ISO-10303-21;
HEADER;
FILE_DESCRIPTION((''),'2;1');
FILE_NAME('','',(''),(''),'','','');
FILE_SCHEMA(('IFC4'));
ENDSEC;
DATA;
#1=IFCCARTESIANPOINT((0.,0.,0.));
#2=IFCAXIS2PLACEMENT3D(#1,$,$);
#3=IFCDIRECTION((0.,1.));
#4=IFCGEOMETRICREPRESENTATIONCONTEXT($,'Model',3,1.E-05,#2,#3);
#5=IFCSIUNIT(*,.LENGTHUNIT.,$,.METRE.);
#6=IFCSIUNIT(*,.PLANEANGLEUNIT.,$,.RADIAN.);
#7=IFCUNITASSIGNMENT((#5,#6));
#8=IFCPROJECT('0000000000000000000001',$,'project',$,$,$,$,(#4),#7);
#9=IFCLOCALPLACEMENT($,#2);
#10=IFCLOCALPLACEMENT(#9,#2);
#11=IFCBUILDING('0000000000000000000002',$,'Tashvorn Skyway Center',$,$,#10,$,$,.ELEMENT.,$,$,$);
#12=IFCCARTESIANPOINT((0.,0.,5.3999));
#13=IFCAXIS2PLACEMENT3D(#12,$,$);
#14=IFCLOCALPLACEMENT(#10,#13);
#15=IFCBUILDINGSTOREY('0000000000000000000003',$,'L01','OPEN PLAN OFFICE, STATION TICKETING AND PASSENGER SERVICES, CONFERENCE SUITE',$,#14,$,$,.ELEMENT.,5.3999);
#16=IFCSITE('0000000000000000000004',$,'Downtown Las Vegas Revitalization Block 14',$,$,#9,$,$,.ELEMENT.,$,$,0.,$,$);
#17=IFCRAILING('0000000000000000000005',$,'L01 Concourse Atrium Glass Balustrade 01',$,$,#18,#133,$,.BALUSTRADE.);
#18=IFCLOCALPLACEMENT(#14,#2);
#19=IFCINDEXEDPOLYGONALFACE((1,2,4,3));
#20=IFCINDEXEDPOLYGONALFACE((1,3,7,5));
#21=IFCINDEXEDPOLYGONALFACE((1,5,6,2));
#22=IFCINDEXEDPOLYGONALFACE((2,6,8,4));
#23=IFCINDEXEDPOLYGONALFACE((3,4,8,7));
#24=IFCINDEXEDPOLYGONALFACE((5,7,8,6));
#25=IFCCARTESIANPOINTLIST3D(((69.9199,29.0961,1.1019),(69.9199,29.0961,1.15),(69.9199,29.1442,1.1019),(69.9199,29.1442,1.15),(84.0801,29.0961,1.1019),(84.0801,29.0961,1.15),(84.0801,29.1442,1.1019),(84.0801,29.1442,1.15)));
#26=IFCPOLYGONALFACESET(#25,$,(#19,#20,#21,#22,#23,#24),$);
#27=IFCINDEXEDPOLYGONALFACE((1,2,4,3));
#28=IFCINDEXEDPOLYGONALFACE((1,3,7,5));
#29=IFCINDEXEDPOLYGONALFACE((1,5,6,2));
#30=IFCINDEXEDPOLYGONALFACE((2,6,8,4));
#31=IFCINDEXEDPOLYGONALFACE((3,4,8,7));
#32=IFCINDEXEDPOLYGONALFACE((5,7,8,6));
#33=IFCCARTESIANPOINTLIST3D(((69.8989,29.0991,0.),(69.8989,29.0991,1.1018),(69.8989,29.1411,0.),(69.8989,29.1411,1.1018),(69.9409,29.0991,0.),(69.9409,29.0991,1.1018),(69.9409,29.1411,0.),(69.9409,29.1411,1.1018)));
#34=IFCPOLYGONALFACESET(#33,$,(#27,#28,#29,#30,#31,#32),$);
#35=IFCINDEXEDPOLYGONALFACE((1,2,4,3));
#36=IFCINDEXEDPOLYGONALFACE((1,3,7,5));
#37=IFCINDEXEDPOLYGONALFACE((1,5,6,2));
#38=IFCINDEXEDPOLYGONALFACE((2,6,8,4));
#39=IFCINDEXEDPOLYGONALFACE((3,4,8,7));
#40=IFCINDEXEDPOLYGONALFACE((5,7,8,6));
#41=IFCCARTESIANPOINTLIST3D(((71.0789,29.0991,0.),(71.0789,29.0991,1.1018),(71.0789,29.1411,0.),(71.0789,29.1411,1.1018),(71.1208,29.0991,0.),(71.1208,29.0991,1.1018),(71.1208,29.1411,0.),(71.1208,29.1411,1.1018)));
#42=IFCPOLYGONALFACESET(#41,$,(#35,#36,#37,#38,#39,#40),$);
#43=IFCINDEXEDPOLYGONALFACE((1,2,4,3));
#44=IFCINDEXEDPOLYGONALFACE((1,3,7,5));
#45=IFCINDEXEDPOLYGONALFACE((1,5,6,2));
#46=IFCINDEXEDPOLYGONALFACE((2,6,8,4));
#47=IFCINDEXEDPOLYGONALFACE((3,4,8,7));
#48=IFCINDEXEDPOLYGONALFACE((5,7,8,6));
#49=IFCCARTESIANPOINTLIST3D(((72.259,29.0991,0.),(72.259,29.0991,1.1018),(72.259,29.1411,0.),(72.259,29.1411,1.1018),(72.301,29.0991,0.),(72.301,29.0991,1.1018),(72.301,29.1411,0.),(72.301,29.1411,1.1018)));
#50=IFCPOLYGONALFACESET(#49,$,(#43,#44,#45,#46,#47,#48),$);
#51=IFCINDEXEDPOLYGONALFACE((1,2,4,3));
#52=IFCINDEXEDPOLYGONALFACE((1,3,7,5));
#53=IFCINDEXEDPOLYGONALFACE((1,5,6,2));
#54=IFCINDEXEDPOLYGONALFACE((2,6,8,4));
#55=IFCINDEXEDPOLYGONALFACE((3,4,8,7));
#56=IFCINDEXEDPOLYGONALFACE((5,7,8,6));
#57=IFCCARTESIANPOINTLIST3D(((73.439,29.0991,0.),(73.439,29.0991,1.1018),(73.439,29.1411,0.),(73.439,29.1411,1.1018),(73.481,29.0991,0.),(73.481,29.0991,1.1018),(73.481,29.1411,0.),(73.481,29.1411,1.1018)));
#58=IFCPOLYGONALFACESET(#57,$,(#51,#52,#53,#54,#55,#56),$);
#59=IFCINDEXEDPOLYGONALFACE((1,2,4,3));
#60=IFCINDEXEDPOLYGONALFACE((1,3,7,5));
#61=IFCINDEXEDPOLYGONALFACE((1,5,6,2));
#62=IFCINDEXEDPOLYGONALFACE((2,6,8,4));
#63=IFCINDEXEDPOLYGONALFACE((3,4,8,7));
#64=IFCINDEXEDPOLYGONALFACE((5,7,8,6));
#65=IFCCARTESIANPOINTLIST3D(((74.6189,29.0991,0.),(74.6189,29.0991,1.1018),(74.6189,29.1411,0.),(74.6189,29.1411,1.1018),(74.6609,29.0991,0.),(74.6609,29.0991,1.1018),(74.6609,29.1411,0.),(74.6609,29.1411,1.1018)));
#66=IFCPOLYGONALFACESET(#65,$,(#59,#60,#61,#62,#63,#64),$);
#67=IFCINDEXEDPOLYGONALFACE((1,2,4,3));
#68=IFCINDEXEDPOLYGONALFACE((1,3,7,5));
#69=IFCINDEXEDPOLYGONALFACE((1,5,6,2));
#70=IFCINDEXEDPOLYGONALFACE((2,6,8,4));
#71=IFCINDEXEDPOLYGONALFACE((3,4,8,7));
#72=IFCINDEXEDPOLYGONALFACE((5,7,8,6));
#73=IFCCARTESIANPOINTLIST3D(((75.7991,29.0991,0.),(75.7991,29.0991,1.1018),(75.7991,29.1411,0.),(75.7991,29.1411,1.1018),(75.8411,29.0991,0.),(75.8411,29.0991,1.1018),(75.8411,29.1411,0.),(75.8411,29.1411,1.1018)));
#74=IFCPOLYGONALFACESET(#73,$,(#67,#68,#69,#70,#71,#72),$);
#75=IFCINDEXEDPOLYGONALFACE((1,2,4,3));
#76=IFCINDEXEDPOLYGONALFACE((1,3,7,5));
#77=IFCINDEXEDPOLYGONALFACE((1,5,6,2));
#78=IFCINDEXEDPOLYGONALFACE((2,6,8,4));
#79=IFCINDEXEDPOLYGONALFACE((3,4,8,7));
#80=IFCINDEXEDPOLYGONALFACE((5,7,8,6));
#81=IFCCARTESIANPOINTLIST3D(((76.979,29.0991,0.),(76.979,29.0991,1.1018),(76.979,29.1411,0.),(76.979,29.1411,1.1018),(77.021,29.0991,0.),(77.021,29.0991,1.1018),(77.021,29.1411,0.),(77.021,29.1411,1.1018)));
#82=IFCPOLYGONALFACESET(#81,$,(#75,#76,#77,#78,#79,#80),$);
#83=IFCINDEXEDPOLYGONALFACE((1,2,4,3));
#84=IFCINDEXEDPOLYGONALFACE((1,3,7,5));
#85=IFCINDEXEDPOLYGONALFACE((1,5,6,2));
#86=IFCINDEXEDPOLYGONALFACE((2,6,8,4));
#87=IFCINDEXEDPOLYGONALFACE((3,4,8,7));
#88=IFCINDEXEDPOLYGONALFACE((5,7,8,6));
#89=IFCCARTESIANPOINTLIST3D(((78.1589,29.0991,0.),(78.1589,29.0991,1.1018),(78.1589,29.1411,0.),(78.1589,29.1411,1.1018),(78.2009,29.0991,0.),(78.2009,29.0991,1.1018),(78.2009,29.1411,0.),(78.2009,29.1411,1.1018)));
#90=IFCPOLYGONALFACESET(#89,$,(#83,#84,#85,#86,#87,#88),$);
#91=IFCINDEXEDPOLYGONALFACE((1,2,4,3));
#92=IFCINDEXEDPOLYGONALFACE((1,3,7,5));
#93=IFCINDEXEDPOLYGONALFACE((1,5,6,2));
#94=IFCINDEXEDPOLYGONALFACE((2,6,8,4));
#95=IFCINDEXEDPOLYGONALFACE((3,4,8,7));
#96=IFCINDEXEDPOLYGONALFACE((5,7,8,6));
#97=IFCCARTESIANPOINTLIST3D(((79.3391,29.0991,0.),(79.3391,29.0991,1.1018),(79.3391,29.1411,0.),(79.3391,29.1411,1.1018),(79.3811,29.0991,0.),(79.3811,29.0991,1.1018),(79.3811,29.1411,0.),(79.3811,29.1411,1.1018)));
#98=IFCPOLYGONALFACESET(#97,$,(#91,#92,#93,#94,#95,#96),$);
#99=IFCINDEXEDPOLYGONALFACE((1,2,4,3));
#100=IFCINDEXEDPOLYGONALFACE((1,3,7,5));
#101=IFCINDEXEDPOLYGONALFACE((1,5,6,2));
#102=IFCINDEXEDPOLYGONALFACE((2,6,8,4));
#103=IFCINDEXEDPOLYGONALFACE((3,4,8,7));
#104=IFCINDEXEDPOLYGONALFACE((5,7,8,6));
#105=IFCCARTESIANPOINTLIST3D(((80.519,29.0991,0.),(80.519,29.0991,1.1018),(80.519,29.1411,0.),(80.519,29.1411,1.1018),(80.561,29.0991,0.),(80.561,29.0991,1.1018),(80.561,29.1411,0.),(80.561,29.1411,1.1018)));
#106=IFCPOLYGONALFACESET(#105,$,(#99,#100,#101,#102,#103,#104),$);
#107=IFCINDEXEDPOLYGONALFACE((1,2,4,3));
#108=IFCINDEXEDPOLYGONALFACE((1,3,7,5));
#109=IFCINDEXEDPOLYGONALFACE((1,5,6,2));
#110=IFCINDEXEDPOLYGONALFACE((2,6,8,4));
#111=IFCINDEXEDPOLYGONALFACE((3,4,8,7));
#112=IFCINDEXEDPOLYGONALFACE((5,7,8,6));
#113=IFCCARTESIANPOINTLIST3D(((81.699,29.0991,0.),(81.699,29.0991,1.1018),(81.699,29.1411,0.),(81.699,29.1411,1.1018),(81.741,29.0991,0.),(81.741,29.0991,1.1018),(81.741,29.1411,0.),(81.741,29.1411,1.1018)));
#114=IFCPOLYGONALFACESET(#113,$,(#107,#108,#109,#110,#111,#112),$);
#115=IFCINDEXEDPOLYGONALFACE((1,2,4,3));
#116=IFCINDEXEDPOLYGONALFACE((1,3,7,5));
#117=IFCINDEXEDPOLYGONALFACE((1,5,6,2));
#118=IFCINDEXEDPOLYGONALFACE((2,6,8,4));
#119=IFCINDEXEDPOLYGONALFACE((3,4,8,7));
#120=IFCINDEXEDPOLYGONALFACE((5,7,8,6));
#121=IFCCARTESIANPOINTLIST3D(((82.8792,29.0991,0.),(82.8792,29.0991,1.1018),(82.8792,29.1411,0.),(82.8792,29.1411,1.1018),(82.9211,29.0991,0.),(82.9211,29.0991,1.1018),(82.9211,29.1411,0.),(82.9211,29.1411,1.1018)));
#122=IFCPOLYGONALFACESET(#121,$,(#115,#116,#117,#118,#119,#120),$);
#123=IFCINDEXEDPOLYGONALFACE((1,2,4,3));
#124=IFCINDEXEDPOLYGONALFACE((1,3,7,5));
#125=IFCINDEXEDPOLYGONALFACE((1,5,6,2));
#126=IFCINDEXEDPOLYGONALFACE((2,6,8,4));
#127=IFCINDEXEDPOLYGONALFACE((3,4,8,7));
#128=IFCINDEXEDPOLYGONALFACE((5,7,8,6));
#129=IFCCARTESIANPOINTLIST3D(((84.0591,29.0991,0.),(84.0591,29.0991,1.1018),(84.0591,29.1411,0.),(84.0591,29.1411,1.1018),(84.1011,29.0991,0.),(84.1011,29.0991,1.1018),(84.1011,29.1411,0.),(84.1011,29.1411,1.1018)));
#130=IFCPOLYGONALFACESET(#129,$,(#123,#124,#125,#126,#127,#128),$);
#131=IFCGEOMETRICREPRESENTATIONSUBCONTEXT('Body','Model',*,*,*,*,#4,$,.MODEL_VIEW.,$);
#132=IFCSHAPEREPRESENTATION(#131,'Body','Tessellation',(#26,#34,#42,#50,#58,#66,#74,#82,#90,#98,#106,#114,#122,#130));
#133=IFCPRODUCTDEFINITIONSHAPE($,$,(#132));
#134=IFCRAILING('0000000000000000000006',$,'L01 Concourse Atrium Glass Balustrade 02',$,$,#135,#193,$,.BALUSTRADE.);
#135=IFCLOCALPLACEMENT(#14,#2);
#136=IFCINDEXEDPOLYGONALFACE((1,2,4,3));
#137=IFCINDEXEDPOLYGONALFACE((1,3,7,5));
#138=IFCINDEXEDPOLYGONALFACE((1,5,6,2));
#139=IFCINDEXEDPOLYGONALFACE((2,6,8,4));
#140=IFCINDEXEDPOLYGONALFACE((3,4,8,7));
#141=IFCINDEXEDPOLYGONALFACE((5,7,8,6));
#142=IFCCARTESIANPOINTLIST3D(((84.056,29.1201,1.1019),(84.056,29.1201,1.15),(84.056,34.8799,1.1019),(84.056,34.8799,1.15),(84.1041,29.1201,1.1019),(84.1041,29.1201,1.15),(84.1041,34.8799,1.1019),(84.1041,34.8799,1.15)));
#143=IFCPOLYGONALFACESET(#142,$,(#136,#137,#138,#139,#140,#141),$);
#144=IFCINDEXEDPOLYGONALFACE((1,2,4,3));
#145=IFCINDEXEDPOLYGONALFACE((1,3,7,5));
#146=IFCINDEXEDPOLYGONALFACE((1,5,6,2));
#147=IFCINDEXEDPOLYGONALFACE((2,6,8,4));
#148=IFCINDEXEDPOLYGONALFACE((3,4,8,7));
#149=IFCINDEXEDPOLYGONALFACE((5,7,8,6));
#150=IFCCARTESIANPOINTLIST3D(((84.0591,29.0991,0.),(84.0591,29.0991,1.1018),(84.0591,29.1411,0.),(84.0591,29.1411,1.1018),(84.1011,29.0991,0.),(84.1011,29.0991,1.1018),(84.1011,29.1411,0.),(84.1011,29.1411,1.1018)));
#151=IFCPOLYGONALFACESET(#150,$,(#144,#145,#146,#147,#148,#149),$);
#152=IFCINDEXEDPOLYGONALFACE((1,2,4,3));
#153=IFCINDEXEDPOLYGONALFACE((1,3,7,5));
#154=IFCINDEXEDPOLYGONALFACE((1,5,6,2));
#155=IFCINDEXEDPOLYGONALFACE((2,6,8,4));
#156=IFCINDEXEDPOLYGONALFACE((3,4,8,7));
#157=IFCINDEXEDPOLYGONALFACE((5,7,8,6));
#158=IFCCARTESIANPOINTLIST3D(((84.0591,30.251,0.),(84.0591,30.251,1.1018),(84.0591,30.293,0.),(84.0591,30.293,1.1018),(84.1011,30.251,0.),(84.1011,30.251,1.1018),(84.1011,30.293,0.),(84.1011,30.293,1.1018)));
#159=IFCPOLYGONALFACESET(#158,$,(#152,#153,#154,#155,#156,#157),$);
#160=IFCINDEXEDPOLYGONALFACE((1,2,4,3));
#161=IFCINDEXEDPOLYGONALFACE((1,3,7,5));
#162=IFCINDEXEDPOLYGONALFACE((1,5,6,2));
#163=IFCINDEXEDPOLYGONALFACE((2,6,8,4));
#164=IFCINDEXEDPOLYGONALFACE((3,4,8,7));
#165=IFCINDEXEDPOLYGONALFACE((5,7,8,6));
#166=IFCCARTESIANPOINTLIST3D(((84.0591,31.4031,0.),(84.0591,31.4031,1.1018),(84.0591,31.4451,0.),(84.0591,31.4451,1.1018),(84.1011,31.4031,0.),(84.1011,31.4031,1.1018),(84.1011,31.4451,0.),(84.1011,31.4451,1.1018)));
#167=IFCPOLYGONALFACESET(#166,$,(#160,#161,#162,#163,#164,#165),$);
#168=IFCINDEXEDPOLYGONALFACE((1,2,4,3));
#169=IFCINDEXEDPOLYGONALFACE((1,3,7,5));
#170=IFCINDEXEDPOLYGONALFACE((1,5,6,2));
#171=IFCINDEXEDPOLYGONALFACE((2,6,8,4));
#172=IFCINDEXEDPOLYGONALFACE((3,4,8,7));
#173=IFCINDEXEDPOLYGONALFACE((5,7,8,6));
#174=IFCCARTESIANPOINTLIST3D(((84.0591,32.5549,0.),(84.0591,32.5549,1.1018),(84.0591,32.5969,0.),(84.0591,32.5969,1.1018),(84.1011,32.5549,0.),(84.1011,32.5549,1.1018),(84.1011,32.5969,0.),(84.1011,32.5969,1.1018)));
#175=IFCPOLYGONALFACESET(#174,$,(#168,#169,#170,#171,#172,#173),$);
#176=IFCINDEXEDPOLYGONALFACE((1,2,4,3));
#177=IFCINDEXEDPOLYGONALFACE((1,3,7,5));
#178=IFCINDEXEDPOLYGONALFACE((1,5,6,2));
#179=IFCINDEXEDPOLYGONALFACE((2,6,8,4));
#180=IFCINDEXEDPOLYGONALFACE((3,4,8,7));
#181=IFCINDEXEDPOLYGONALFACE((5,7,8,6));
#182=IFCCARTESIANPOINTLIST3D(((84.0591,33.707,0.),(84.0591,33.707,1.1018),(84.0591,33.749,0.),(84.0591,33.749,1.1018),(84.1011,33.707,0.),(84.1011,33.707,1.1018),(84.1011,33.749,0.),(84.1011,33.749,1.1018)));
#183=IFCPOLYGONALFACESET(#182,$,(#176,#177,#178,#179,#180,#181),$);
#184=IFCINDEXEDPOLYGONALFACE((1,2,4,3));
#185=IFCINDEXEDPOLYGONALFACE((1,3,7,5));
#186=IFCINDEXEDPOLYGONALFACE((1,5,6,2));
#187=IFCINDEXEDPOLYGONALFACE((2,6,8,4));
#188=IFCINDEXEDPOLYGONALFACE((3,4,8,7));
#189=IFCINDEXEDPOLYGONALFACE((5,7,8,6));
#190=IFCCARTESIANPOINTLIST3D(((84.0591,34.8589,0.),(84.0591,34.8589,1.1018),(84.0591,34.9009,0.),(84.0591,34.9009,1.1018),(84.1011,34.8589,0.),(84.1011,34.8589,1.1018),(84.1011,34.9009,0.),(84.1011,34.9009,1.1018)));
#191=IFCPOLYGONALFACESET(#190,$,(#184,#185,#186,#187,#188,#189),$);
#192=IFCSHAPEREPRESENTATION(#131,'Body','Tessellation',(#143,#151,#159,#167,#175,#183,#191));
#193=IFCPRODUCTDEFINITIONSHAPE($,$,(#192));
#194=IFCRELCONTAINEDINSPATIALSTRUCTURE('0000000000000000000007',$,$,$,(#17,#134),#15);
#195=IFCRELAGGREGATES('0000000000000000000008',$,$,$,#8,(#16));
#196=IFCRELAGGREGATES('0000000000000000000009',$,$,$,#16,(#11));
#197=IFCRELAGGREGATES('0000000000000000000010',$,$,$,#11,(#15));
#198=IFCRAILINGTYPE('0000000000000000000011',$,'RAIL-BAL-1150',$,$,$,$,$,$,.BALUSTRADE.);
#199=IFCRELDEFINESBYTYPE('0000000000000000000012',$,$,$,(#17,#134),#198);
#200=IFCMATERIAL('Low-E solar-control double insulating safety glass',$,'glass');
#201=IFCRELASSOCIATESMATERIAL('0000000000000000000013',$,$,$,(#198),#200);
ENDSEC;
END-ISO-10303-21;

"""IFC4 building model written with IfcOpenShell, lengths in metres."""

from ifc_helpers import new_model, si_unit, direction, frame, origin, origin_2d, place, context, subcontext, project, spatial, rectangle, extrude, material, type_object, element, save


model = new_model("IFC4")

# Units and contexts
model_context = context("Model", 3, precision=1e-05, world=origin(), true_north=direction((0.0, 1.0)))
body_context = subcontext(model_context, "Body", "Model", "MODEL_VIEW")
ifc_project = project(units=[si_unit("LENGTHUNIT", "METRE"), si_unit("PLANEANGLEUNIT", "RADIAN")], contexts=[model_context])

# Site, building, storey
site_placement = place(None, origin())
site = spatial("IfcSite", under=ifc_project, at=site_placement, Name="Downtown Las Vegas Revitalization Block 14", CompositionType="ELEMENT", RefElevation=0.0)
building_placement = place(site_placement, origin())
building = spatial("IfcBuilding", under=site, at=building_placement, Name="Tashvorn Skyway Center", CompositionType="ELEMENT")
storey_placement = place(building_placement, frame((0.0, 0.0, 5.3999)))
storey = spatial("IfcBuildingStorey", under=building, at=storey_placement, Name="L01", Description="OPEN PLAN OFFICE, STATION TICKETING AND PASSENGER SERVICES, CONFERENCE SUITE", CompositionType="ELEMENT", Elevation=5.3999)

# Shared definitions
ifc_material_1 = material(Name="Low-E solar-control double insulating safety glass", Category="glass")

# Railings
railing_type = type_object("IfcRailingType", Name="RAIL-BAL-1150", PredefinedType="BALUSTRADE", material=ifc_material_1)
railing_1_placement = place(storey_placement, frame((69.9199, 29.1201, 0.0)))
element("IfcRailing", 1, at=railing_1_placement, inside=storey, type_object=railing_type, Name="L01 Concourse Atrium Glass Balustrade 01", PredefinedType="BALUSTRADE", context=body_context, shape_type="SweptSolid", body=[
    extrude(rectangle(XDim=0.0481, YDim=0.0481, at=origin_2d()), frame((0.0, 0.0, 1.126), z_axis=(1.0, 0.0, 0.0), x_axis=(0.0, 1.0, 0.0)), (0.0, 0.0, 1.0), 14.1602),
    extrude(rectangle(XDim=0.042, YDim=0.042, at=origin_2d()), origin(), (0.0, 0.0, 1.0), 1.1018),
    extrude(rectangle(XDim=0.042, YDim=0.042, at=origin_2d()), frame((1.1799, 0.0, 0.0)), (0.0, 0.0, 1.0), 1.1018),
    extrude(rectangle(XDim=0.042, YDim=0.042, at=origin_2d()), frame((2.3601, 0.0, 0.0)), (0.0, 0.0, 1.0), 1.1018),
    extrude(rectangle(XDim=0.042, YDim=0.042, at=origin_2d()), frame((3.54, 0.0, 0.0)), (0.0, 0.0, 1.0), 1.1018),
    extrude(rectangle(XDim=0.042, YDim=0.042, at=origin_2d()), frame((4.72, 0.0, 0.0)), (0.0, 0.0, 1.0), 1.1018),
    extrude(rectangle(XDim=0.042, YDim=0.042, at=origin_2d()), frame((5.9001, 0.0, 0.0)), (0.0, 0.0, 1.0), 1.1018),
    extrude(rectangle(XDim=0.042, YDim=0.042, at=origin_2d()), frame((7.0801, 0.0, 0.0)), (0.0, 0.0, 1.0), 1.1018),
    extrude(rectangle(XDim=0.042, YDim=0.042, at=origin_2d()), frame((8.26, 0.0, 0.0)), (0.0, 0.0, 1.0), 1.1018),
    extrude(rectangle(XDim=0.042, YDim=0.042, at=origin_2d()), frame((9.4402, 0.0, 0.0)), (0.0, 0.0, 1.0), 1.1018),
    extrude(rectangle(XDim=0.042, YDim=0.042, at=origin_2d()), frame((10.6201, 0.0, 0.0)), (0.0, 0.0, 1.0), 1.1018),
    extrude(rectangle(XDim=0.042, YDim=0.042, at=origin_2d()), frame((11.8, 0.0, 0.0)), (0.0, 0.0, 1.0), 1.1018),
    extrude(rectangle(XDim=0.042, YDim=0.042, at=origin_2d()), frame((12.9802, 0.0, 0.0)), (0.0, 0.0, 1.0), 1.1018),
    extrude(rectangle(XDim=0.042, YDim=0.042, at=origin_2d()), frame((14.1602, 0.0, 0.0)), (0.0, 0.0, 1.0), 1.1018),
])
railing_2_placement = place(storey_placement, frame((84.0801, 29.1201, 0.0)))
element("IfcRailing", 2, at=railing_2_placement, inside=storey, type_object=railing_type, Name="L01 Concourse Atrium Glass Balustrade 02", PredefinedType="BALUSTRADE", context=body_context, shape_type="SweptSolid", body=[
    extrude(rectangle(XDim=0.0481, YDim=0.0481, at=origin_2d()), frame((0.0, 0.0, 1.126), z_axis=(0.0, 1.0, 0.0), x_axis=(-1.0, 0.0, 0.0)), (0.0, 0.0, 1.0), 5.7598),
    extrude(rectangle(XDim=0.042, YDim=0.042, at=origin_2d()), origin(), (0.0, 0.0, 1.0), 1.1018),
    extrude(rectangle(XDim=0.042, YDim=0.042, at=origin_2d()), frame((0.0, 1.1519, 0.0)), (0.0, 0.0, 1.0), 1.1018),
    extrude(rectangle(XDim=0.042, YDim=0.042, at=origin_2d()), frame((0.0, 2.304, 0.0)), (0.0, 0.0, 1.0), 1.1018),
    extrude(rectangle(XDim=0.042, YDim=0.042, at=origin_2d()), frame((0.0, 3.4558, 0.0)), (0.0, 0.0, 1.0), 1.1018),
    extrude(rectangle(XDim=0.042, YDim=0.042, at=origin_2d()), frame((0.0, 4.6079, 0.0)), (0.0, 0.0, 1.0), 1.1018),
    extrude(rectangle(XDim=0.042, YDim=0.042, at=origin_2d()), frame((0.0, 5.7598, 0.0)), (0.0, 0.0, 1.0), 1.1018),
])

save(model, "model.ifc")
